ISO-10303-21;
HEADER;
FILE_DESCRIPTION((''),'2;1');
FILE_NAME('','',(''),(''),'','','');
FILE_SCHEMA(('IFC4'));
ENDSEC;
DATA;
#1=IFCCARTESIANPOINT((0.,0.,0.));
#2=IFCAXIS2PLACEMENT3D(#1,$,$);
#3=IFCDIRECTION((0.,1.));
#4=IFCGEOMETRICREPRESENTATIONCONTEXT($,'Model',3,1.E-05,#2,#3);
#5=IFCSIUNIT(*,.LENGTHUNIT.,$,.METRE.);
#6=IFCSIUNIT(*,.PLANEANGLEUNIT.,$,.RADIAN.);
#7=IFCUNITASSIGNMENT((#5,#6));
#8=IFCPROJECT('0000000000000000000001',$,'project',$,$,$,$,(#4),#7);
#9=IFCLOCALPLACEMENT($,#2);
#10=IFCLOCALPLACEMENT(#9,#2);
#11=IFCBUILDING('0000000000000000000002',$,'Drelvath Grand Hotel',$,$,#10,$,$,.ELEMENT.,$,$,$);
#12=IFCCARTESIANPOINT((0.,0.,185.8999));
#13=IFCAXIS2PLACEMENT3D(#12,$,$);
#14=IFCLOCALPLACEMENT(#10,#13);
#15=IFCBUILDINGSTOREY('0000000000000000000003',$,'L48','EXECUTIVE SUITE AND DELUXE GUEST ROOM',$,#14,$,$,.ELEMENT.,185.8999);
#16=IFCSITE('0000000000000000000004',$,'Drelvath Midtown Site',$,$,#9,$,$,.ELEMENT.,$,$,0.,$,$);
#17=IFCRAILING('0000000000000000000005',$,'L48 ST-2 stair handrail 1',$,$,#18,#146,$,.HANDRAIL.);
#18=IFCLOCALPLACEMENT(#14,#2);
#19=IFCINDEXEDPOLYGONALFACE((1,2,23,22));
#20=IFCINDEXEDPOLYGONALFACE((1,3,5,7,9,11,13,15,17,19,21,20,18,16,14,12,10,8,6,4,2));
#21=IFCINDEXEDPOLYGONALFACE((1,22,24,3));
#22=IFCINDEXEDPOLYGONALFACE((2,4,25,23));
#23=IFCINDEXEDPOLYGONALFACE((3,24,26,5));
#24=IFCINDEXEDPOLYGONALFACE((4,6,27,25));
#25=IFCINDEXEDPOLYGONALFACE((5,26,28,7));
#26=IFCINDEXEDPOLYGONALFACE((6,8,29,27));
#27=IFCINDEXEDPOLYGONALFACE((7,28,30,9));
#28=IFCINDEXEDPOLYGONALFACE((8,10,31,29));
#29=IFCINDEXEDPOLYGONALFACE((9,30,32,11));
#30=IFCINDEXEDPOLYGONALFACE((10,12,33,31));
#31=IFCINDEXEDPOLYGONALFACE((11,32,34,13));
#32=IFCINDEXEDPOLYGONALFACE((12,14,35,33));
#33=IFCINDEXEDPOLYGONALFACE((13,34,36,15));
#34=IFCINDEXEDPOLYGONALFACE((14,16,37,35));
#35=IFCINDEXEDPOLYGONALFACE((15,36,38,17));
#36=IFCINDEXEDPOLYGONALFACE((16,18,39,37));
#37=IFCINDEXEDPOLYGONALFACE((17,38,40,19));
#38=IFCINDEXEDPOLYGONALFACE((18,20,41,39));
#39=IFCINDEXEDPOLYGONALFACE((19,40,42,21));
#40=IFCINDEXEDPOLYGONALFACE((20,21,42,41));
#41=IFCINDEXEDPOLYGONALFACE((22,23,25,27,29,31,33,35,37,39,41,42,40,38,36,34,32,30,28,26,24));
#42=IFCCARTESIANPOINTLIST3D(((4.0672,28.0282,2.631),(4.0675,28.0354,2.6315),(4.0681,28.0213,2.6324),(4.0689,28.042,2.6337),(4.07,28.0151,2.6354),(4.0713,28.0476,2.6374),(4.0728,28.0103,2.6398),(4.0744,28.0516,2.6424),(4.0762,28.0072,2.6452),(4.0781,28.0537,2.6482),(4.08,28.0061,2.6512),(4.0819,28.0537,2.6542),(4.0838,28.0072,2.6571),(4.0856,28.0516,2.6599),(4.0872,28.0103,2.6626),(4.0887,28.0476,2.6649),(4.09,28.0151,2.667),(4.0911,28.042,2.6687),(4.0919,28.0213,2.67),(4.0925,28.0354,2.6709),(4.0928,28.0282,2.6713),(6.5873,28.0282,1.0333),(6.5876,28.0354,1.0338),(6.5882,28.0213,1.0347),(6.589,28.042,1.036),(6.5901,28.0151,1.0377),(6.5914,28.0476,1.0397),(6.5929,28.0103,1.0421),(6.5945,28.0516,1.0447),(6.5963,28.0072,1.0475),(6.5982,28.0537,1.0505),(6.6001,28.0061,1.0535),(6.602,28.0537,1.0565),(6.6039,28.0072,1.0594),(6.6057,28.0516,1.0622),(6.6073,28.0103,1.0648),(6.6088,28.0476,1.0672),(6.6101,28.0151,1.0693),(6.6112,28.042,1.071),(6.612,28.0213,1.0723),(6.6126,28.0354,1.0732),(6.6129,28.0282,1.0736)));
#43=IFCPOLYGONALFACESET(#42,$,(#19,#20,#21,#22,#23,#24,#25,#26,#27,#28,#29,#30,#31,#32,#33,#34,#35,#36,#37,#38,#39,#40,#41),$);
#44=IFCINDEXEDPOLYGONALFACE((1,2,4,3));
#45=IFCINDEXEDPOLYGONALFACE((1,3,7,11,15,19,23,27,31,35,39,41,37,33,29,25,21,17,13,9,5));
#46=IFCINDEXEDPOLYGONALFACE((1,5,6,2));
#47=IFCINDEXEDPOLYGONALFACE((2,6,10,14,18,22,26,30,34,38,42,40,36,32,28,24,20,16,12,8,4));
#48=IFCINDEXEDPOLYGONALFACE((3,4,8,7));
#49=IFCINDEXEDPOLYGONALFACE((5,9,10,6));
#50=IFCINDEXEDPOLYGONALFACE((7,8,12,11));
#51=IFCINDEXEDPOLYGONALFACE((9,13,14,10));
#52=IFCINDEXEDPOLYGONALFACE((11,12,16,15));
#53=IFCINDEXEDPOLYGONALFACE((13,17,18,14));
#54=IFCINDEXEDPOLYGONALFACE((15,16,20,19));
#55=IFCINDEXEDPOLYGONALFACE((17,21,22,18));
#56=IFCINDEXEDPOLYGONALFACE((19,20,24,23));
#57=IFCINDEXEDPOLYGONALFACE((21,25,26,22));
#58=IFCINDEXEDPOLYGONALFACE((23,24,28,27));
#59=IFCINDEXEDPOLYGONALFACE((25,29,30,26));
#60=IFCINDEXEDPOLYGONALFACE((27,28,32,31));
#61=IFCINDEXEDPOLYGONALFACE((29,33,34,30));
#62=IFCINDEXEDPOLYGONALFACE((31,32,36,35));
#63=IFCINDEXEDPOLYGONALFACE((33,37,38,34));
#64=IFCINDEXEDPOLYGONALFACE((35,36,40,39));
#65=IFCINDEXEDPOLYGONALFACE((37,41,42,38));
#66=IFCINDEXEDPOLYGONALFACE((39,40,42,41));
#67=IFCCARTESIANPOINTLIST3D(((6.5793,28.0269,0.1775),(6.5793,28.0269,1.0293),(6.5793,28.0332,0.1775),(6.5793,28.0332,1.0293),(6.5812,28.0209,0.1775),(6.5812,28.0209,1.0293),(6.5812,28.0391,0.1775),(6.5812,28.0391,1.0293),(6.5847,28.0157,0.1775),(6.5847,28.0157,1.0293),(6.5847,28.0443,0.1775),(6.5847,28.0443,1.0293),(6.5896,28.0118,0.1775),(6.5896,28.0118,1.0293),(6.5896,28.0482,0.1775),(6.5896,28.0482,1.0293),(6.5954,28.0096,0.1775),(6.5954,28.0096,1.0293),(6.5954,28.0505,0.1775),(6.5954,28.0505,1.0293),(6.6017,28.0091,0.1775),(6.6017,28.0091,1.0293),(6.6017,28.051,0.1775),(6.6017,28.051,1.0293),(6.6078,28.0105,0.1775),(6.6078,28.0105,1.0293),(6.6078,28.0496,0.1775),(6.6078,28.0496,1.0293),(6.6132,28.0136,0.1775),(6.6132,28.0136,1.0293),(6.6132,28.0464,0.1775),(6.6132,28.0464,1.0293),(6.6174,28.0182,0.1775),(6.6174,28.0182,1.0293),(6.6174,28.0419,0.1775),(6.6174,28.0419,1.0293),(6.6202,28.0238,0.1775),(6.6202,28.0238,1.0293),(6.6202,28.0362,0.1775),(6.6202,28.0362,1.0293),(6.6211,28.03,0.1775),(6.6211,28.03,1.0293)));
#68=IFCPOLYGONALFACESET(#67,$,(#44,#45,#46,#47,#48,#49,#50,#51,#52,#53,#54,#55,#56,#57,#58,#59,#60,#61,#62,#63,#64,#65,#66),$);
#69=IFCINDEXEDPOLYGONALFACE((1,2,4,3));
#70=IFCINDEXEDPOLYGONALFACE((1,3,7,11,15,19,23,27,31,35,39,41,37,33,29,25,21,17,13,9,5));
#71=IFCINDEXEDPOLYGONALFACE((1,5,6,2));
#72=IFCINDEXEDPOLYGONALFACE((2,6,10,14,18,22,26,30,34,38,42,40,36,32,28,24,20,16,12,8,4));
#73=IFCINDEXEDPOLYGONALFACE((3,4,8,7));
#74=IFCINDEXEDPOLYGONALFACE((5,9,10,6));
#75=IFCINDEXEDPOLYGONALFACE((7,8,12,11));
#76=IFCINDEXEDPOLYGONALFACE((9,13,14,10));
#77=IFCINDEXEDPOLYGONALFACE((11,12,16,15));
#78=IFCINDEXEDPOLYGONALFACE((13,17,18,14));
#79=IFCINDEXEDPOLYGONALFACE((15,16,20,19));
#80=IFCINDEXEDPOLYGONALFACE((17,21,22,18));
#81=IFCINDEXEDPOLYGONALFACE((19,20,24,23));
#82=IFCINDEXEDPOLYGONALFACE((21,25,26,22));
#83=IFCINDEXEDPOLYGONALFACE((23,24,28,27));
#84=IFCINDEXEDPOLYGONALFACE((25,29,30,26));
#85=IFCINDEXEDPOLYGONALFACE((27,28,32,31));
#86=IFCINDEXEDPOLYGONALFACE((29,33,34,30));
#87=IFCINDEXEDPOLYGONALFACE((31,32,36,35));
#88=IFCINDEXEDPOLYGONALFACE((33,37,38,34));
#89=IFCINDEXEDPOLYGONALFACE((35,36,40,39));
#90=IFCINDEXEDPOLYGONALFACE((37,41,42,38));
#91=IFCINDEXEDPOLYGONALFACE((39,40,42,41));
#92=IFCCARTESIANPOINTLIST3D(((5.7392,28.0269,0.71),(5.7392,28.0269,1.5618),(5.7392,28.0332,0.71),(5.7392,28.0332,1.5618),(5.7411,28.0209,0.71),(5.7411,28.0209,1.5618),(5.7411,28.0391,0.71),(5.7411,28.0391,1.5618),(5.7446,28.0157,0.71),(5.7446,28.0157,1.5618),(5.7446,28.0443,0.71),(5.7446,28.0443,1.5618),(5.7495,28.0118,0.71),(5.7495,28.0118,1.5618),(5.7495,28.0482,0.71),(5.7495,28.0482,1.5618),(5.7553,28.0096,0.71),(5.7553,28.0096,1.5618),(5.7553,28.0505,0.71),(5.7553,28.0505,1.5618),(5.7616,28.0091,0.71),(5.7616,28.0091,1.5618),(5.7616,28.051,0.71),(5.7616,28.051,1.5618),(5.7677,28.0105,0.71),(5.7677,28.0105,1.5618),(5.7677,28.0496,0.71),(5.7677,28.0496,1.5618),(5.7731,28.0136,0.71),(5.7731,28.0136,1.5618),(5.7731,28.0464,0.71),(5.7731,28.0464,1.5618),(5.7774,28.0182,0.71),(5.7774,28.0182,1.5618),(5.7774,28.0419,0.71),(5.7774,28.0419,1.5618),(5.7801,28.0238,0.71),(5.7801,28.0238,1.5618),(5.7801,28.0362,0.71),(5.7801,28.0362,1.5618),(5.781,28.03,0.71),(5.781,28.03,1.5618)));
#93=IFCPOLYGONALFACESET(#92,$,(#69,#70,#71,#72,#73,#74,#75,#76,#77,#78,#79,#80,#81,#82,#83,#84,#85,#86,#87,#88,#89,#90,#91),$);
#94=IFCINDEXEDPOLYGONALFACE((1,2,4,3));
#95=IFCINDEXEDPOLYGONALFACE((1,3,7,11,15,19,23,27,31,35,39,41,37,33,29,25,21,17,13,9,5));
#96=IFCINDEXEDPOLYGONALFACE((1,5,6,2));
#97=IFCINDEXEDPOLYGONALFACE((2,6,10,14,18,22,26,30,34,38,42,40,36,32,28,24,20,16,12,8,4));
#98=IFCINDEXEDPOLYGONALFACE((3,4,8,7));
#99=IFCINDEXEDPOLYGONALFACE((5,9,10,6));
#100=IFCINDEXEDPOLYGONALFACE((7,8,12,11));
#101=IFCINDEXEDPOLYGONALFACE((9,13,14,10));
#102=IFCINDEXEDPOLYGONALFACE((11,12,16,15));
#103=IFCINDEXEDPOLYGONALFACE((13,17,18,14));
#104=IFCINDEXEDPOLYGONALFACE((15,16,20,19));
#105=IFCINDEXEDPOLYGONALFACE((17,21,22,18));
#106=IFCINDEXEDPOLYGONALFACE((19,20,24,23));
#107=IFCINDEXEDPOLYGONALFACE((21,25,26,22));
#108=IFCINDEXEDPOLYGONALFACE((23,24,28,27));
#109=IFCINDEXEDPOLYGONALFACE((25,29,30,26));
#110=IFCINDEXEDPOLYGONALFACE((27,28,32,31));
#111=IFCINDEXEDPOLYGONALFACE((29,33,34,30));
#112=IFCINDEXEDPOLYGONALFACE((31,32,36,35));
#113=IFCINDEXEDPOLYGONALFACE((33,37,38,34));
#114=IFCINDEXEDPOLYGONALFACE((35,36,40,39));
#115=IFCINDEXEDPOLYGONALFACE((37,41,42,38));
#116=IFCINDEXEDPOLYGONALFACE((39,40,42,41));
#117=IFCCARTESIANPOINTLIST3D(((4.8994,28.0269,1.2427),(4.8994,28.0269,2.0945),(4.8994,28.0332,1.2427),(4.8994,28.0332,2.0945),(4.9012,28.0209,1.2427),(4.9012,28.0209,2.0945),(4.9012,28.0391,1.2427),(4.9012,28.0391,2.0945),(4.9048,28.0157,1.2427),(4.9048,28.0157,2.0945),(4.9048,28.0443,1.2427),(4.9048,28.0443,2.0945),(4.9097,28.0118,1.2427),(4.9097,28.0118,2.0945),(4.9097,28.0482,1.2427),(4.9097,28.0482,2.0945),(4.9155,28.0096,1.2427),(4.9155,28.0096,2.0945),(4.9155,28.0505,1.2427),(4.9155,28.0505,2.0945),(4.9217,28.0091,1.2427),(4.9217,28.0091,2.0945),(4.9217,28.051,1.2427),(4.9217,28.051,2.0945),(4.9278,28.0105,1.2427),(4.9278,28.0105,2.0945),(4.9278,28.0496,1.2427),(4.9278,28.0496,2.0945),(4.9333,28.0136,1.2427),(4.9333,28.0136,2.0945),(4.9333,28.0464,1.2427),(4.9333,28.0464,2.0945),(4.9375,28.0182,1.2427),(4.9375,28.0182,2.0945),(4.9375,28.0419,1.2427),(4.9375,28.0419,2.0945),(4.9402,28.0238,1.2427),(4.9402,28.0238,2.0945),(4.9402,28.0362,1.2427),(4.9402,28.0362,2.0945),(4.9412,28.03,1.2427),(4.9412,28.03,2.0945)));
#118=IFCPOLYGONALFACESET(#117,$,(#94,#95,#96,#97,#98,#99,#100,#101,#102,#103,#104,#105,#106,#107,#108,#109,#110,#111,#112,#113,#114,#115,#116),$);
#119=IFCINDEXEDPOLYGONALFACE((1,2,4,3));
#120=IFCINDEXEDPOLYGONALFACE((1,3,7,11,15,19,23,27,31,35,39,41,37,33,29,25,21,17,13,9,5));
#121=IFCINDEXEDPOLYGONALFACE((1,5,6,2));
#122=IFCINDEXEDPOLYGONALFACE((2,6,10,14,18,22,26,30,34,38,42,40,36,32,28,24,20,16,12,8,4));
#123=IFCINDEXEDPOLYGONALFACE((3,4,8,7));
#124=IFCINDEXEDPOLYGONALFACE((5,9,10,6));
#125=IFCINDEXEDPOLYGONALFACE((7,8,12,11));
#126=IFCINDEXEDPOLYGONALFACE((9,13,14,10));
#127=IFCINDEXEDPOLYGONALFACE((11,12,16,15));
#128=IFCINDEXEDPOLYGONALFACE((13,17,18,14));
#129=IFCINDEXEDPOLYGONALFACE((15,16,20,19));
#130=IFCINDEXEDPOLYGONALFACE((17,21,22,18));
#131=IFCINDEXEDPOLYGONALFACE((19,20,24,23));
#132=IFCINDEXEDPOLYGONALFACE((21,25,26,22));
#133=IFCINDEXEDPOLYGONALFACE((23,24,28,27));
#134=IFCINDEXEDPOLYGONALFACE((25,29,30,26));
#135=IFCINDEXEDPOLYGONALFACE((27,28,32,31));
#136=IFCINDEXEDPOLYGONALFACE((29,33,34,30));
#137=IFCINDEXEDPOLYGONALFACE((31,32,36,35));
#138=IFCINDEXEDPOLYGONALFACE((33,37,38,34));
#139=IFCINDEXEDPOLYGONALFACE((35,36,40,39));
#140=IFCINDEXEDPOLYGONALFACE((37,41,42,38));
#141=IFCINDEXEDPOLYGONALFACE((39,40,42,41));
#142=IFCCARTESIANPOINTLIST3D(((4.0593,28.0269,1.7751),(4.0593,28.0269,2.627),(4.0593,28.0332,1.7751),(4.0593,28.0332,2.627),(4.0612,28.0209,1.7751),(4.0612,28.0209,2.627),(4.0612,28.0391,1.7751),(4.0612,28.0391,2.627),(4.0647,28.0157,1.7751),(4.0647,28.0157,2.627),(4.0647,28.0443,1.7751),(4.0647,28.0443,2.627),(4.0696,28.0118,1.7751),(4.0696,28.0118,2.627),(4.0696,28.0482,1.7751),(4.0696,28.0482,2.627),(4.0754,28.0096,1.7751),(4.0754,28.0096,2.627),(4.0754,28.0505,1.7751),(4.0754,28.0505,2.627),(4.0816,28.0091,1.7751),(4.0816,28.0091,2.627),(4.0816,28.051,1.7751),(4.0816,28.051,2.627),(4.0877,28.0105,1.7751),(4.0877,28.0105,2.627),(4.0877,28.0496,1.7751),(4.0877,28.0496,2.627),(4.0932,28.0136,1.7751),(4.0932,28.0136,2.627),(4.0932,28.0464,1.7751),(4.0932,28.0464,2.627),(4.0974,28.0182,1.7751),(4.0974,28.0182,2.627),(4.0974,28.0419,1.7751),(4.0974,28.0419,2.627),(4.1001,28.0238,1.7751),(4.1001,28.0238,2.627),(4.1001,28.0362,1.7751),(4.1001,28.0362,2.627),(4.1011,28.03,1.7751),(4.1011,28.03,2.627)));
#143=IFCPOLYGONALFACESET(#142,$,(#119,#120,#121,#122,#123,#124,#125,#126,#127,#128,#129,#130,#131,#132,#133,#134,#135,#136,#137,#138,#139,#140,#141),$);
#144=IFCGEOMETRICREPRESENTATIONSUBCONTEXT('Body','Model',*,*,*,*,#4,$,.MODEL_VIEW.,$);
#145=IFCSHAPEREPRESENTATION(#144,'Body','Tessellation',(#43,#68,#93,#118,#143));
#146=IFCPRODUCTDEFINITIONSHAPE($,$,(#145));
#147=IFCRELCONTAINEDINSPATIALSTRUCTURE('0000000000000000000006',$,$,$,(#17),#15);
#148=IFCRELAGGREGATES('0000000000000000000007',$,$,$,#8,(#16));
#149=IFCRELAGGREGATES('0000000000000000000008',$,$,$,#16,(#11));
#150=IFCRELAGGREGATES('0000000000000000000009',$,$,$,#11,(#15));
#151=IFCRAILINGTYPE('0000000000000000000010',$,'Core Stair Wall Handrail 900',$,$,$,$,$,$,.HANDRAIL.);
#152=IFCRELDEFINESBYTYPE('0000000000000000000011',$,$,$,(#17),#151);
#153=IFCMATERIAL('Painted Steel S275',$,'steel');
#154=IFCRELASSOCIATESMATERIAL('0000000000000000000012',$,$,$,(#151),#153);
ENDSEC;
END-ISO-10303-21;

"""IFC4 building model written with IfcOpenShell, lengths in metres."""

from ifc_helpers import new_model, si_unit, direction, frame, origin, origin_2d, place, context, subcontext, project, spatial, circle, extrude, material, type_object, element, save


model = new_model("IFC4")

# Units and contexts
model_context = context("Model", 3, precision=1e-05, world=origin(), true_north=direction((0.0, 1.0)))
body_context = subcontext(model_context, "Body", "Model", "MODEL_VIEW")
ifc_project = project(units=[si_unit("LENGTHUNIT", "METRE"), si_unit("PLANEANGLEUNIT", "RADIAN")], contexts=[model_context])

# Site, building, storey
site_placement = place(None, origin())
site = spatial("IfcSite", under=ifc_project, at=site_placement, Name="Drelvath Midtown Site", CompositionType="ELEMENT", RefElevation=0.0)
building_placement = place(site_placement, origin())
building = spatial("IfcBuilding", under=site, at=building_placement, Name="Drelvath Grand Hotel", CompositionType="ELEMENT")
storey_placement = place(building_placement, frame((0.0, 0.0, 185.8999)))
storey = spatial("IfcBuildingStorey", under=building, at=storey_placement, Name="L48", Description="EXECUTIVE SUITE AND DELUXE GUEST ROOM", CompositionType="ELEMENT", Elevation=185.8999)

# Shared definitions
ifc_material_1 = material(Name="Painted Steel S275", Category="steel")

# Railing
railing_type = type_object("IfcRailingType", Name="Core Stair Wall Handrail 900", PredefinedType="HANDRAIL", material=ifc_material_1)
railing_placement = place(storey_placement, frame((6.6001, 28.03, 0.1775)))
element("IfcRailing", 1, at=railing_placement, inside=storey, type_object=railing_type, Name="L48 ST-2 stair handrail 1", PredefinedType="HANDRAIL", context=body_context, shape_type="SweptSolid", body=[
    extrude(circle(Radius=0.0239, at=origin_2d()), frame((0.0, 0.0, 0.876), z_axis=(-0.84457, 0.0, 0.535445), x_axis=(0.0, -1.0, 0.0)), (0.0, 0.0, 1.0), 2.9839),
    extrude(circle(Radius=0.021, at=origin_2d()), origin(), (0.0, 0.0, 1.0), 0.8518),
    extrude(circle(Radius=0.021, at=origin_2d()), frame((-0.8401, 0.0, 0.5325)), (0.0, 0.0, 1.0), 0.8518),
    extrude(circle(Radius=0.021, at=origin_2d()), frame((-1.6799, 0.0, 1.0652)), (0.0, 0.0, 1.0), 0.8518),
    extrude(circle(Radius=0.021, at=origin_2d()), frame((-2.52, 0.0, 1.5977)), (0.0, 0.0, 1.0), 0.8518),
])

save(model, "model.ifc")
